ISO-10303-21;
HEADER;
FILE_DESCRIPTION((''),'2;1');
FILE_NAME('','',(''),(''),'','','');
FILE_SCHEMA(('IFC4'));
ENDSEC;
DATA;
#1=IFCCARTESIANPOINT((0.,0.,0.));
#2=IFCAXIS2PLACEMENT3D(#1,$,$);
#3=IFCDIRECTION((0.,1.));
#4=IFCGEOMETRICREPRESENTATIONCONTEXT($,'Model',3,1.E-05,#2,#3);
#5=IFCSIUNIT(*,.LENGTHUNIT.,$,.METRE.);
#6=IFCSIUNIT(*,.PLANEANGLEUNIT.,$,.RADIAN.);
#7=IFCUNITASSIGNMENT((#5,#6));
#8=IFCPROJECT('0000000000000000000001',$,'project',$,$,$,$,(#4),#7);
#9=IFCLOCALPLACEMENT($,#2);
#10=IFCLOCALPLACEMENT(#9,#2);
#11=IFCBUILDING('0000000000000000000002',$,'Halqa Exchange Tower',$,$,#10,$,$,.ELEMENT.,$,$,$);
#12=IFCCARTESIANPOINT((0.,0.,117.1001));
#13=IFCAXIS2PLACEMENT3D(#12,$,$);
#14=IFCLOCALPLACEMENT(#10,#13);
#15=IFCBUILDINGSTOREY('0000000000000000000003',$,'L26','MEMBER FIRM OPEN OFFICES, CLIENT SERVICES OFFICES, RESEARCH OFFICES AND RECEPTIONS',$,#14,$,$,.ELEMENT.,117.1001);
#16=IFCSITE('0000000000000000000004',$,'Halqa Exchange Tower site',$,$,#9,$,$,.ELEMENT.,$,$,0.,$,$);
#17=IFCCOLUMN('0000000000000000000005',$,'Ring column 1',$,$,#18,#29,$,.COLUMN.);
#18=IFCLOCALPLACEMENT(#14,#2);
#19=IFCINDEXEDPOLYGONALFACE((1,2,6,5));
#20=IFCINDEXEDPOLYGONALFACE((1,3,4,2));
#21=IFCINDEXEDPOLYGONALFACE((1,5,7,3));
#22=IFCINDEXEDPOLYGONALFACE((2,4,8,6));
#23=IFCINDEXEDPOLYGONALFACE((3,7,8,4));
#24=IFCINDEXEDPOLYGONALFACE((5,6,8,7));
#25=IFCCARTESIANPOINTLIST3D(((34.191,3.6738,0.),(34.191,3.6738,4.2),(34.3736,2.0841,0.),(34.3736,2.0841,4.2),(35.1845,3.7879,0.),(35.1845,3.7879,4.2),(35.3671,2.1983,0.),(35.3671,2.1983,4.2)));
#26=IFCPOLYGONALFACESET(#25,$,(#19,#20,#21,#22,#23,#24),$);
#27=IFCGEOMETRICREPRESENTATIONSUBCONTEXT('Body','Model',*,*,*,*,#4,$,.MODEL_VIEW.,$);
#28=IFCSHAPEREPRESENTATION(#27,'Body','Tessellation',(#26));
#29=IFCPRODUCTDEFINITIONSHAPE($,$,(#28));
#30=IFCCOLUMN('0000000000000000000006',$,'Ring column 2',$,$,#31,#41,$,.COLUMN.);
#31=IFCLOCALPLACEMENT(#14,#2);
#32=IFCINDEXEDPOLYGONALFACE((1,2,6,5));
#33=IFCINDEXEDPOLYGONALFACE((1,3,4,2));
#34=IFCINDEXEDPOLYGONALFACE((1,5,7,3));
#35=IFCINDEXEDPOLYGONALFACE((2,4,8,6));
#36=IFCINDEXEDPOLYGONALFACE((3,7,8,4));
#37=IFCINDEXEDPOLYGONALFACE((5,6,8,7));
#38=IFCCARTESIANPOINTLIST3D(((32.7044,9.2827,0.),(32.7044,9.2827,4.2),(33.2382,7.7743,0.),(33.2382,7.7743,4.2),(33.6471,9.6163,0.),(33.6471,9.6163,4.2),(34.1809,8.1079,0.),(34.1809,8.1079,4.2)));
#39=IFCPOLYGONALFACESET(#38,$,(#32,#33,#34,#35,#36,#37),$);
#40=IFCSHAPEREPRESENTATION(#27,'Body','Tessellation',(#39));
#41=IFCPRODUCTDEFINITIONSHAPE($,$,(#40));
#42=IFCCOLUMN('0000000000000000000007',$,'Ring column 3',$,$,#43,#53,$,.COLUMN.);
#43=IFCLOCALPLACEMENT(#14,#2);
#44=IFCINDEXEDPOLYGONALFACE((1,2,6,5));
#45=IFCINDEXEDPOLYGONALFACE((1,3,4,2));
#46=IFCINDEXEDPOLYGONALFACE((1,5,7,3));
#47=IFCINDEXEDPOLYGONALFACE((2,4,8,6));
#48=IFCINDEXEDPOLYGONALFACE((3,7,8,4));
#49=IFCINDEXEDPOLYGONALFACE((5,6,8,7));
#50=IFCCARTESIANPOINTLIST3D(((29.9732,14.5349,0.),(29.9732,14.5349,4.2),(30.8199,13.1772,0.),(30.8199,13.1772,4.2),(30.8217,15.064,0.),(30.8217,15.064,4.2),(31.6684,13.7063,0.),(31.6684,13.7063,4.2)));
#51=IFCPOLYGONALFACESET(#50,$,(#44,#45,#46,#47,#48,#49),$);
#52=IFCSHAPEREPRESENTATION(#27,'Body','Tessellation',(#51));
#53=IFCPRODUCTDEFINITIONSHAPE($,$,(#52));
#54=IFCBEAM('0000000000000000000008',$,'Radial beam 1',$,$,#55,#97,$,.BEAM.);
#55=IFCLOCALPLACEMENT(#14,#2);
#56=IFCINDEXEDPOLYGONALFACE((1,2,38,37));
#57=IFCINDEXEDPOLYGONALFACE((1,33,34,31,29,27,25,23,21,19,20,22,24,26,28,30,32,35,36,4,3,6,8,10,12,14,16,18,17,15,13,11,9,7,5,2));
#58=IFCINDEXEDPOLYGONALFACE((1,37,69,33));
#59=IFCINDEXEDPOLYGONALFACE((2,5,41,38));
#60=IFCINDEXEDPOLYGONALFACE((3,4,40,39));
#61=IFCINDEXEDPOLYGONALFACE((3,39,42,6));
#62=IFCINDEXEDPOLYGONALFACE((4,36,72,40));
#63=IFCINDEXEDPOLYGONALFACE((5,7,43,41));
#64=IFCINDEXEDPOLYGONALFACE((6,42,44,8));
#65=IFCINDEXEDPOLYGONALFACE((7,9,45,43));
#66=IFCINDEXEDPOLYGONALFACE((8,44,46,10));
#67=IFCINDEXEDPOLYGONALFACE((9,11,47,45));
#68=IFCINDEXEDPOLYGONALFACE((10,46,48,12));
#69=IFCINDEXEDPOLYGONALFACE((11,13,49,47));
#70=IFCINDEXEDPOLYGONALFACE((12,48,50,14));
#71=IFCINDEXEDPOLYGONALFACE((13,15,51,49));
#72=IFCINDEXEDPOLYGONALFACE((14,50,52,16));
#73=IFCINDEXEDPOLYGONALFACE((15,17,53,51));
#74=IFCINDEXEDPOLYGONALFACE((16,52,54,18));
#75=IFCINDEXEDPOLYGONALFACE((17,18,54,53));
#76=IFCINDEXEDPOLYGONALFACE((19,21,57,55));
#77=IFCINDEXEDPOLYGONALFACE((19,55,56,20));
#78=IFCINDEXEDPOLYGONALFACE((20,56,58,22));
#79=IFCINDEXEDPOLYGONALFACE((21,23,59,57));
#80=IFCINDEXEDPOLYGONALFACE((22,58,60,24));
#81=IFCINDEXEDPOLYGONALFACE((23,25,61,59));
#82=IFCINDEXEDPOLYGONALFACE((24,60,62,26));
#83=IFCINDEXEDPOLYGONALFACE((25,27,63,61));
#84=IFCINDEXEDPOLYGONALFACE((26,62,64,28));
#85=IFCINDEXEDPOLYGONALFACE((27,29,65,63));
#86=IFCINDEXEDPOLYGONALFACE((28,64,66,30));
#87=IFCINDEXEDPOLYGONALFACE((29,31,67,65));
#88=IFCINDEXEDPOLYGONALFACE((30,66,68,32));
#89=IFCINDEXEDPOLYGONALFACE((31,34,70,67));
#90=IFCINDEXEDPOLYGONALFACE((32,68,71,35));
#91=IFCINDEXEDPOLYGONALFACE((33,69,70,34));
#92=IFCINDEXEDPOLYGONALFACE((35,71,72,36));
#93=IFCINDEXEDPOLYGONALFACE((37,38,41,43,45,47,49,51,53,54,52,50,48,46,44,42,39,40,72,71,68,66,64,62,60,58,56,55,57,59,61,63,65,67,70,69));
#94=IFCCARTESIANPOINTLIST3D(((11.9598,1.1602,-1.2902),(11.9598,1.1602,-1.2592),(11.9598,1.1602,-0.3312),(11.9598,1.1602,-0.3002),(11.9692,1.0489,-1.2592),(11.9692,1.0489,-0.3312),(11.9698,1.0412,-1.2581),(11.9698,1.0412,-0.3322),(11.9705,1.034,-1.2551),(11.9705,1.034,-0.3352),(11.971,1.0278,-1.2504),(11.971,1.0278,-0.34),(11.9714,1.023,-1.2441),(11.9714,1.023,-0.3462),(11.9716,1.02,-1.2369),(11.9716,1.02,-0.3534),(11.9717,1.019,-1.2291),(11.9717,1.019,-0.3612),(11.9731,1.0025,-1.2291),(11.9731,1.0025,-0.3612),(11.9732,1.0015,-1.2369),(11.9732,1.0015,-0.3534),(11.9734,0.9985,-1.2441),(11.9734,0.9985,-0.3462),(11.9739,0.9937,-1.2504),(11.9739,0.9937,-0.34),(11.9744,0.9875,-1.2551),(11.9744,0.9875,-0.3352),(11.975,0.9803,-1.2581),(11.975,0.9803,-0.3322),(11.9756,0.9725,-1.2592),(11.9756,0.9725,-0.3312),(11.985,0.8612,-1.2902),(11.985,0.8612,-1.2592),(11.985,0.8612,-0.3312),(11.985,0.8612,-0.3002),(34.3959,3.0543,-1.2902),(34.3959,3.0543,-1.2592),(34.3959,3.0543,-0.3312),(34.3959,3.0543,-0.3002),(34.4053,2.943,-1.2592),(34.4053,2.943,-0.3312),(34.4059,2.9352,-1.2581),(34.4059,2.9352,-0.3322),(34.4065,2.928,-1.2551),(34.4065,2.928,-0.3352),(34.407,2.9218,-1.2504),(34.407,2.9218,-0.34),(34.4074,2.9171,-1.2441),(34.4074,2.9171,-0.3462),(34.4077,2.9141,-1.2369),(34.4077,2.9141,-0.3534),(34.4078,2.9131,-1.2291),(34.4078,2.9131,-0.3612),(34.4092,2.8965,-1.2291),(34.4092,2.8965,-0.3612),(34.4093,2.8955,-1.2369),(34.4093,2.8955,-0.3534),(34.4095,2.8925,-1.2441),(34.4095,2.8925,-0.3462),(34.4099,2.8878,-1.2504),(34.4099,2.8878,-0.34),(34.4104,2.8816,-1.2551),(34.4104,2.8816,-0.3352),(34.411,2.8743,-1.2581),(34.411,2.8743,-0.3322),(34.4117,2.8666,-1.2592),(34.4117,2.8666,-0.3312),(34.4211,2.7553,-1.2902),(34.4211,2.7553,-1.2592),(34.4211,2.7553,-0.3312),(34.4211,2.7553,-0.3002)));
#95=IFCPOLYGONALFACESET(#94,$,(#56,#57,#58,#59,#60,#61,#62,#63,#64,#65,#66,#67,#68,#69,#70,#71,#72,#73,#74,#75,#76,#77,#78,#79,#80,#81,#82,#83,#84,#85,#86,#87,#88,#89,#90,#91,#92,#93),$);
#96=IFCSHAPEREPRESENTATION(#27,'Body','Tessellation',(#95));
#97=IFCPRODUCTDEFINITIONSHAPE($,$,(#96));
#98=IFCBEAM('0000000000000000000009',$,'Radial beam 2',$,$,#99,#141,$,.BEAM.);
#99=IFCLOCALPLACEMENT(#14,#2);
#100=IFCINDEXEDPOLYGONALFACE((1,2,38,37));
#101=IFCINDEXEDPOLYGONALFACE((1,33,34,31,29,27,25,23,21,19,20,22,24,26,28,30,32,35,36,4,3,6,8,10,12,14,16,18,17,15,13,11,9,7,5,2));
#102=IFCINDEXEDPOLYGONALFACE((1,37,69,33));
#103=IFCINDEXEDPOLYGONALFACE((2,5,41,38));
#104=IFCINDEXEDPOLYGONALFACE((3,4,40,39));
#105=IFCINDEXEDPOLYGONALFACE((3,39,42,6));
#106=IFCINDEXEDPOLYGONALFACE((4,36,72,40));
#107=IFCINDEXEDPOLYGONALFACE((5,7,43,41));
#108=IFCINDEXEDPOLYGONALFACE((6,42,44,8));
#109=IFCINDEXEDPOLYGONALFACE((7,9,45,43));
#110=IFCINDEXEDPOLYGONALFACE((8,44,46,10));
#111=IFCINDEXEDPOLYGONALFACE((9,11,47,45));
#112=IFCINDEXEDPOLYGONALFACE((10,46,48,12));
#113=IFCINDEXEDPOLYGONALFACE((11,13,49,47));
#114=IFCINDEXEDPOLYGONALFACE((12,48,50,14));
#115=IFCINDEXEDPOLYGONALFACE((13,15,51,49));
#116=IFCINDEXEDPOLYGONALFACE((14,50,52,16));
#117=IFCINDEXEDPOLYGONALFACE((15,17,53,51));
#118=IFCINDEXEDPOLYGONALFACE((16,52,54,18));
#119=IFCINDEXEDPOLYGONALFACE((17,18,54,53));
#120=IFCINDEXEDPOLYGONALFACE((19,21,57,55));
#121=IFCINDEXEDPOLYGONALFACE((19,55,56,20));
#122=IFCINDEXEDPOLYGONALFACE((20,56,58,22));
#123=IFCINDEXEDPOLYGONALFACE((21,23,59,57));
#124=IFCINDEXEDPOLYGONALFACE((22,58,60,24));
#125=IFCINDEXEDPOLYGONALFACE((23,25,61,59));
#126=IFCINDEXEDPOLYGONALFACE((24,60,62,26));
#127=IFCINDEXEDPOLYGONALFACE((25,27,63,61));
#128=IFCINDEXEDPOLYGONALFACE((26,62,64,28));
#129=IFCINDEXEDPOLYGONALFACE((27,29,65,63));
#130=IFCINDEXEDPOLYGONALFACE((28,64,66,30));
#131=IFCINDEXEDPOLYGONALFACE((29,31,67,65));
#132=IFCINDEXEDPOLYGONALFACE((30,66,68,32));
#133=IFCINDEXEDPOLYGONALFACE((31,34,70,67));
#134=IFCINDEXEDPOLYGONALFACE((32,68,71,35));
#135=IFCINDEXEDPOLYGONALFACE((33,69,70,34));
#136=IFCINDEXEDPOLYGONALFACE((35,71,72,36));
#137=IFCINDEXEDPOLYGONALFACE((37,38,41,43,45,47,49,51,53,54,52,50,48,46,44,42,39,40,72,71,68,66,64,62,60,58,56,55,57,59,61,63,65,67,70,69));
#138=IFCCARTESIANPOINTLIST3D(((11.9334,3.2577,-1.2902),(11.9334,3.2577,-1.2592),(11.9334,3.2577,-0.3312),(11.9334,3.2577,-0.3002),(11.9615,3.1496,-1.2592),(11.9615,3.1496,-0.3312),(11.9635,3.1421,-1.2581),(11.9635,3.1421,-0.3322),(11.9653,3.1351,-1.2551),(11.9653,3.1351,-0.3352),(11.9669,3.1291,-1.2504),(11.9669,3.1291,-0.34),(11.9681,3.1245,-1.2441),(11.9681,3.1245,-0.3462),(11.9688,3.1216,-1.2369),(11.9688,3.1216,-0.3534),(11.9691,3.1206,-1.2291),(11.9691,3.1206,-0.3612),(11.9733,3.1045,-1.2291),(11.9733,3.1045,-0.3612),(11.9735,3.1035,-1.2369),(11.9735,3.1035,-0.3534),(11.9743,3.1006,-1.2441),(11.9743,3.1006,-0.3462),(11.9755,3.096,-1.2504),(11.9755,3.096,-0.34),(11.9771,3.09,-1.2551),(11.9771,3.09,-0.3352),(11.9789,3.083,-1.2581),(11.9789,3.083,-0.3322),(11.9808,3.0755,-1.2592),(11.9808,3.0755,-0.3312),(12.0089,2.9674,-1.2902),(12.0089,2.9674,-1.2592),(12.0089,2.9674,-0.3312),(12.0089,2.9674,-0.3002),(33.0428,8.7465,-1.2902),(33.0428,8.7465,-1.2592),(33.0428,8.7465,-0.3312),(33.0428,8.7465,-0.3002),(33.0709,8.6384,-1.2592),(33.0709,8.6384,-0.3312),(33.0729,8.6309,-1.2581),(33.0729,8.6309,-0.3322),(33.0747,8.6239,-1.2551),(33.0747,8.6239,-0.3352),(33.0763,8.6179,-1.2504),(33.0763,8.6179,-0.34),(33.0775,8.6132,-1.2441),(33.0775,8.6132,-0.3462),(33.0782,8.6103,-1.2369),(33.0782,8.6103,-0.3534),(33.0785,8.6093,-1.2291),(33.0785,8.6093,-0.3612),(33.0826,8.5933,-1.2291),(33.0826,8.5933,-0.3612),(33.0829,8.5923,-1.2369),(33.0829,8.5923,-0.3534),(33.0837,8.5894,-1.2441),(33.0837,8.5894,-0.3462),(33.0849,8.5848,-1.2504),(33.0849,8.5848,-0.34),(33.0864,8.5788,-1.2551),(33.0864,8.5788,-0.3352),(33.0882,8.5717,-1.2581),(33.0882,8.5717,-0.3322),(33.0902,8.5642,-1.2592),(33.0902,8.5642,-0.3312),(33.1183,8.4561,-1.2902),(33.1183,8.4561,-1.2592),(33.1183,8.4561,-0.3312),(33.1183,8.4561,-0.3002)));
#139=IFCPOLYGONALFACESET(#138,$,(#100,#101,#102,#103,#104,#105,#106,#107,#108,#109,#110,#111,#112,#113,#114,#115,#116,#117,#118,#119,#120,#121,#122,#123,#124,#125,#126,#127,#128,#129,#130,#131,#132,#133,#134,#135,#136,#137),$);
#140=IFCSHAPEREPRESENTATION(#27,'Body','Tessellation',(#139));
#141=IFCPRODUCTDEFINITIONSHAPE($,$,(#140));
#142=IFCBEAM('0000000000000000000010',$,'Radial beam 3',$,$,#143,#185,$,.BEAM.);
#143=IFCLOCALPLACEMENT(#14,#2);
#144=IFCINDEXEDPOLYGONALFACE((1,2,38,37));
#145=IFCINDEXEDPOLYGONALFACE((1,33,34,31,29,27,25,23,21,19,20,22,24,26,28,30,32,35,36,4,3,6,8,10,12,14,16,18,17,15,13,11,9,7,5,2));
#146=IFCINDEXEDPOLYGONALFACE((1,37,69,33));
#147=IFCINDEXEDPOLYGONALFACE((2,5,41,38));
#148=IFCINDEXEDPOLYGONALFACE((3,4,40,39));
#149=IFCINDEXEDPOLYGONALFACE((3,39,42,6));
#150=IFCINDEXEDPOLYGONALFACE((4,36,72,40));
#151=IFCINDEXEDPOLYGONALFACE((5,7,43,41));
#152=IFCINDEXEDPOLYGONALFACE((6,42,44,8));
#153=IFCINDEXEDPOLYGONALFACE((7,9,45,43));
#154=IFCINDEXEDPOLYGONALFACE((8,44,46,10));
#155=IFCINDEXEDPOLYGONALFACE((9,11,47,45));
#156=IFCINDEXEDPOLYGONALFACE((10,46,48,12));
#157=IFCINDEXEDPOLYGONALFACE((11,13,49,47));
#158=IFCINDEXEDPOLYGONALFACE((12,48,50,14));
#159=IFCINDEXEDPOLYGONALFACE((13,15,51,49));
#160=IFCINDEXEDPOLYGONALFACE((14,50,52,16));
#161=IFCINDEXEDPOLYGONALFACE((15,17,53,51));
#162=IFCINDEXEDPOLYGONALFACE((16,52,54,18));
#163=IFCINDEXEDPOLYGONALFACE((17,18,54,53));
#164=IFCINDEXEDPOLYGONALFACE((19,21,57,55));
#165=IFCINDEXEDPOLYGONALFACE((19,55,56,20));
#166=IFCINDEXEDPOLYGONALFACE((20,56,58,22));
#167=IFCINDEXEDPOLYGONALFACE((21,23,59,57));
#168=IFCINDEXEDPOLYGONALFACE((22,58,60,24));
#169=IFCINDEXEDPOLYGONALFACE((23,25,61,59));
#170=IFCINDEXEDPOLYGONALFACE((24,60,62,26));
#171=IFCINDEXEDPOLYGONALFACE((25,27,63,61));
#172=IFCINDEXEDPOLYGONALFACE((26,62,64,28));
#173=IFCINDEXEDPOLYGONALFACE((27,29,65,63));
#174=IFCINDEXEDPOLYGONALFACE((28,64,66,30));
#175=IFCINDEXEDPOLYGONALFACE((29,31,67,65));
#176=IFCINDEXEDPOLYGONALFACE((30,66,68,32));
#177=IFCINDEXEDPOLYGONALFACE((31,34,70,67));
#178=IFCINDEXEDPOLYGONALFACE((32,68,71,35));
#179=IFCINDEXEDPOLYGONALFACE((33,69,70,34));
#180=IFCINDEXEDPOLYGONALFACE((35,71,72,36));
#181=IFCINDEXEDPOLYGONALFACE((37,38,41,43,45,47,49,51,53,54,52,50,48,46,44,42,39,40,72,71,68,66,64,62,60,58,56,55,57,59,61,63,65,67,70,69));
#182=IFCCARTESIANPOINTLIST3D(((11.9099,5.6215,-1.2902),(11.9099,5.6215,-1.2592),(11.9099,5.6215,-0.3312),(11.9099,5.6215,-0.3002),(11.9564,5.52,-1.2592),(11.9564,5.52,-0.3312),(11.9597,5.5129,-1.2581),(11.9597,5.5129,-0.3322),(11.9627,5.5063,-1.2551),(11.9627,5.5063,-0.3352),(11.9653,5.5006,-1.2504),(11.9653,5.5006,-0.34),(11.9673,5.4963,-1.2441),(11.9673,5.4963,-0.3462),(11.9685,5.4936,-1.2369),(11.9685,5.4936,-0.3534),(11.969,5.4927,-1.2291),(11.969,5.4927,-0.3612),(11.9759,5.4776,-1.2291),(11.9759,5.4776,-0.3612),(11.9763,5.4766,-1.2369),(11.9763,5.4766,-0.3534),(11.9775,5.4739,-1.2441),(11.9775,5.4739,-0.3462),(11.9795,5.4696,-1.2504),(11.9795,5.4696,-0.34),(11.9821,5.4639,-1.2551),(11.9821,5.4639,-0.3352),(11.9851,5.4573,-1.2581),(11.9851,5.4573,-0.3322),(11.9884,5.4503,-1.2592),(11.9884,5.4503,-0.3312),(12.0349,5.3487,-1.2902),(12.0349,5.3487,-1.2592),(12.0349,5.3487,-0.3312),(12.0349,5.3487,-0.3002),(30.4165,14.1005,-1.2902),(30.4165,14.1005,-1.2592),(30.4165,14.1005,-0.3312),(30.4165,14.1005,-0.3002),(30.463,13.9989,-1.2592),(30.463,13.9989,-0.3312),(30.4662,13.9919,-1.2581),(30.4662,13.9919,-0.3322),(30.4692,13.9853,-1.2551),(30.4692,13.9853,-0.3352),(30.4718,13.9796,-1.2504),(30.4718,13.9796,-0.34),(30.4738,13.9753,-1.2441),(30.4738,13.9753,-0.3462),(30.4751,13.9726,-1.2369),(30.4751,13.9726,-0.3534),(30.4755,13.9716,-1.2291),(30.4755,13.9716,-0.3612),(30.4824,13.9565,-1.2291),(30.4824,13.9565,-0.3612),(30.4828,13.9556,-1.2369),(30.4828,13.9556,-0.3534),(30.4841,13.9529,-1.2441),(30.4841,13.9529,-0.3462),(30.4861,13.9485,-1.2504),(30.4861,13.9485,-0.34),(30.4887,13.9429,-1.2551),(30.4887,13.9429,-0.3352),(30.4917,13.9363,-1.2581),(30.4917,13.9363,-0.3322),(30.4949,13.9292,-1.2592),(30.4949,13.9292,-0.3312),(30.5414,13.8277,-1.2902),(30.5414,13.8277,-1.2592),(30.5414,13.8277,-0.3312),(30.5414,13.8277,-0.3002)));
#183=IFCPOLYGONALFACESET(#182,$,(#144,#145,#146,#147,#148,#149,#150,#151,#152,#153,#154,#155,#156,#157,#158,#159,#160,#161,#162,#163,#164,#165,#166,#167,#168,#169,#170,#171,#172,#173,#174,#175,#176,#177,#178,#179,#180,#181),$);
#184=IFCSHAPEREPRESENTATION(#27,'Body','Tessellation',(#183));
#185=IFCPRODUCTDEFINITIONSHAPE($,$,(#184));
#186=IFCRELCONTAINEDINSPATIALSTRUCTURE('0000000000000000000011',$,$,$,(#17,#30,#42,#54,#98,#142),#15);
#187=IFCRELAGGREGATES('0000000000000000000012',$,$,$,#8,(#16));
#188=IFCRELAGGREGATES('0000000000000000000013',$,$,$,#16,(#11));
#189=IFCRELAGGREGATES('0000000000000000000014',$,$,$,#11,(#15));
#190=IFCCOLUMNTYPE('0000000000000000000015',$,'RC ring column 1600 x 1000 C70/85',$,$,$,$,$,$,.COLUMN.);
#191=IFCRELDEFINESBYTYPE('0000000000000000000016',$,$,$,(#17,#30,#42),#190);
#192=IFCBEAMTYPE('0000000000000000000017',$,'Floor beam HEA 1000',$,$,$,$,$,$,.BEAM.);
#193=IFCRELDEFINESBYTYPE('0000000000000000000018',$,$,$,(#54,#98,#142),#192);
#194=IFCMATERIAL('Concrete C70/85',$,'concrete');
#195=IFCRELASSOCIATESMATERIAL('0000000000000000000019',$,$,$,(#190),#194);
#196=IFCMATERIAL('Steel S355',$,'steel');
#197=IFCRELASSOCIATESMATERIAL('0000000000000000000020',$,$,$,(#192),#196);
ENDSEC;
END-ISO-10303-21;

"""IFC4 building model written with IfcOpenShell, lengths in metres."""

from ifc_helpers import new_model, si_unit, direction, frame, origin, origin_2d, place, context, subcontext, project, spatial, rectangle, i_section, extrude, material, material_profile, profile_set, type_object, element, save


model = new_model("IFC4")

# Units and contexts
model_context = context("Model", 3, precision=1e-05, world=origin(), true_north=direction((0.0, 1.0)))
body_context = subcontext(model_context, "Body", "Model", "MODEL_VIEW")
ifc_project = project(units=[si_unit("LENGTHUNIT", "METRE"), si_unit("PLANEANGLEUNIT", "RADIAN")], contexts=[model_context])

# Site, building, storey
site_placement = place(None, origin())
site = spatial("IfcSite", under=ifc_project, at=site_placement, Name="Halqa Exchange Tower site", CompositionType="ELEMENT", RefElevation=0.0)
building_placement = place(site_placement, origin())
building = spatial("IfcBuilding", under=site, at=building_placement, Name="Halqa Exchange Tower", CompositionType="ELEMENT")
storey_placement = place(building_placement, frame((0.0, 0.0, 117.1001)))
storey = spatial("IfcBuildingStorey", under=building, at=storey_placement, Name="L26", Description="MEMBER FIRM OPEN OFFICES, CLIENT SERVICES OFFICES, RESEARCH OFFICES AND RECEPTIONS", CompositionType="ELEMENT", Elevation=117.1001)

# Columns
ifc_material_1 = material(Name="Concrete C70/85", Category="concrete")
ifc_material_profile_1 = material_profile(ifc_material_1, rectangle(XDim=1.6001, YDim=1.0, at=origin_2d()), Name="1600 x 1000")
ifc_profile_set_1 = profile_set([ifc_material_profile_1], Name="Concrete C70/85")
column_type = type_object("IfcColumnType", Name="RC ring column 1600 x 1000 C70/85", PredefinedType="COLUMN", material=ifc_profile_set_1)
for number, where, z_axis, x_axis, name in (
    (1, (34.7791, 2.936, 0.0), (0.0, 0.0, 1.0), (-0.114152, 0.993463, 0.0), "Ring column 1"),
    (2, (33.4426, 8.6953, 0.0), (0.0, 0.0, 1.0), (-0.333624, 0.942706, 0.0), "Ring column 2"),
    (3, (30.8208, 14.1206, 0.0), (0.0, 0.0, 1.0), (-0.529142, 0.848533, 0.0), "Ring column 3"),
):
    element("IfcColumn", number, at=place(storey_placement, frame(where, z_axis=z_axis, x_axis=x_axis)), inside=storey, type_object=column_type, Name=name, PredefinedType="COLUMN", context=body_context, shape_type="SweptSolid", body=[
        extrude(rectangle(XDim=1.6001, YDim=1.0, at=origin_2d()), origin(), (0.0, 0.0, 1.0), 4.2),
    ])

# Beams
ifc_material_2 = material(Name="Steel S355", Category="steel")
ifc_material_profile_2 = material_profile(ifc_material_2, i_section(OverallWidth=0.3, OverallDepth=0.99, WebThickness=0.0166, FlangeThickness=0.031, FilletRadius=0.03, at=origin_2d()), Name="HEA 1000")
ifc_profile_set_2 = profile_set([ifc_material_profile_2], Name="Steel S355")
beam_type_1 = type_object("IfcBeamType", Name="Floor beam HEA 1000", PredefinedType="BEAM", material=ifc_profile_set_2)
beam_1_placement = place(storey_placement, frame((11.9724, 1.0107, -0.7952), z_axis=(0.996456, 0.08412, 0.0), x_axis=(-0.08412, 0.996456, 0.0)))
element("IfcBeam", 4, at=beam_1_placement, inside=storey, type_object=beam_type_1, Name="Radial beam 1", PredefinedType="BEAM", context=body_context, shape_type="SweptSolid", body=[
    extrude(i_section(OverallWidth=0.3, OverallDepth=0.99, WebThickness=0.0166, FlangeThickness=0.031, FilletRadius=0.03, at=origin_2d()), origin(), (0.0, 0.0, 1.0), 22.5159),
])
beam_2_placement = place(storey_placement, frame((11.9712, 3.1125, -0.7952), z_axis=(0.967819, 0.251648, 0.0), x_axis=(-0.251648, 0.967819, 0.0)))
element("IfcBeam", 5, at=beam_2_placement, inside=storey, type_object=beam_type_1, Name="Radial beam 2", PredefinedType="BEAM", context=body_context, shape_type="SweptSolid", body=[
    extrude(i_section(OverallWidth=0.3, OverallDepth=0.99, WebThickness=0.0166, FlangeThickness=0.031, FilletRadius=0.03, at=origin_2d()), origin(), (0.0, 0.0, 1.0), 21.8113),
])
beam_3_placement = place(storey_placement, frame((11.9724, 5.4851, -0.7952), z_axis=(0.909124, 0.416525, 0.0), x_axis=(-0.416525, 0.909124, 0.0)))
element("IfcBeam", 6, at=beam_3_placement, inside=storey, type_object=beam_type_1, Name="Radial beam 3", PredefinedType="BEAM", context=body_context, shape_type="SweptSolid", body=[
    extrude(i_section(OverallWidth=0.3, OverallDepth=0.99, WebThickness=0.0166, FlangeThickness=0.031, FilletRadius=0.03, at=origin_2d()), origin(), (0.0, 0.0, 1.0), 20.3564),
])

save(model, "model.ifc")
